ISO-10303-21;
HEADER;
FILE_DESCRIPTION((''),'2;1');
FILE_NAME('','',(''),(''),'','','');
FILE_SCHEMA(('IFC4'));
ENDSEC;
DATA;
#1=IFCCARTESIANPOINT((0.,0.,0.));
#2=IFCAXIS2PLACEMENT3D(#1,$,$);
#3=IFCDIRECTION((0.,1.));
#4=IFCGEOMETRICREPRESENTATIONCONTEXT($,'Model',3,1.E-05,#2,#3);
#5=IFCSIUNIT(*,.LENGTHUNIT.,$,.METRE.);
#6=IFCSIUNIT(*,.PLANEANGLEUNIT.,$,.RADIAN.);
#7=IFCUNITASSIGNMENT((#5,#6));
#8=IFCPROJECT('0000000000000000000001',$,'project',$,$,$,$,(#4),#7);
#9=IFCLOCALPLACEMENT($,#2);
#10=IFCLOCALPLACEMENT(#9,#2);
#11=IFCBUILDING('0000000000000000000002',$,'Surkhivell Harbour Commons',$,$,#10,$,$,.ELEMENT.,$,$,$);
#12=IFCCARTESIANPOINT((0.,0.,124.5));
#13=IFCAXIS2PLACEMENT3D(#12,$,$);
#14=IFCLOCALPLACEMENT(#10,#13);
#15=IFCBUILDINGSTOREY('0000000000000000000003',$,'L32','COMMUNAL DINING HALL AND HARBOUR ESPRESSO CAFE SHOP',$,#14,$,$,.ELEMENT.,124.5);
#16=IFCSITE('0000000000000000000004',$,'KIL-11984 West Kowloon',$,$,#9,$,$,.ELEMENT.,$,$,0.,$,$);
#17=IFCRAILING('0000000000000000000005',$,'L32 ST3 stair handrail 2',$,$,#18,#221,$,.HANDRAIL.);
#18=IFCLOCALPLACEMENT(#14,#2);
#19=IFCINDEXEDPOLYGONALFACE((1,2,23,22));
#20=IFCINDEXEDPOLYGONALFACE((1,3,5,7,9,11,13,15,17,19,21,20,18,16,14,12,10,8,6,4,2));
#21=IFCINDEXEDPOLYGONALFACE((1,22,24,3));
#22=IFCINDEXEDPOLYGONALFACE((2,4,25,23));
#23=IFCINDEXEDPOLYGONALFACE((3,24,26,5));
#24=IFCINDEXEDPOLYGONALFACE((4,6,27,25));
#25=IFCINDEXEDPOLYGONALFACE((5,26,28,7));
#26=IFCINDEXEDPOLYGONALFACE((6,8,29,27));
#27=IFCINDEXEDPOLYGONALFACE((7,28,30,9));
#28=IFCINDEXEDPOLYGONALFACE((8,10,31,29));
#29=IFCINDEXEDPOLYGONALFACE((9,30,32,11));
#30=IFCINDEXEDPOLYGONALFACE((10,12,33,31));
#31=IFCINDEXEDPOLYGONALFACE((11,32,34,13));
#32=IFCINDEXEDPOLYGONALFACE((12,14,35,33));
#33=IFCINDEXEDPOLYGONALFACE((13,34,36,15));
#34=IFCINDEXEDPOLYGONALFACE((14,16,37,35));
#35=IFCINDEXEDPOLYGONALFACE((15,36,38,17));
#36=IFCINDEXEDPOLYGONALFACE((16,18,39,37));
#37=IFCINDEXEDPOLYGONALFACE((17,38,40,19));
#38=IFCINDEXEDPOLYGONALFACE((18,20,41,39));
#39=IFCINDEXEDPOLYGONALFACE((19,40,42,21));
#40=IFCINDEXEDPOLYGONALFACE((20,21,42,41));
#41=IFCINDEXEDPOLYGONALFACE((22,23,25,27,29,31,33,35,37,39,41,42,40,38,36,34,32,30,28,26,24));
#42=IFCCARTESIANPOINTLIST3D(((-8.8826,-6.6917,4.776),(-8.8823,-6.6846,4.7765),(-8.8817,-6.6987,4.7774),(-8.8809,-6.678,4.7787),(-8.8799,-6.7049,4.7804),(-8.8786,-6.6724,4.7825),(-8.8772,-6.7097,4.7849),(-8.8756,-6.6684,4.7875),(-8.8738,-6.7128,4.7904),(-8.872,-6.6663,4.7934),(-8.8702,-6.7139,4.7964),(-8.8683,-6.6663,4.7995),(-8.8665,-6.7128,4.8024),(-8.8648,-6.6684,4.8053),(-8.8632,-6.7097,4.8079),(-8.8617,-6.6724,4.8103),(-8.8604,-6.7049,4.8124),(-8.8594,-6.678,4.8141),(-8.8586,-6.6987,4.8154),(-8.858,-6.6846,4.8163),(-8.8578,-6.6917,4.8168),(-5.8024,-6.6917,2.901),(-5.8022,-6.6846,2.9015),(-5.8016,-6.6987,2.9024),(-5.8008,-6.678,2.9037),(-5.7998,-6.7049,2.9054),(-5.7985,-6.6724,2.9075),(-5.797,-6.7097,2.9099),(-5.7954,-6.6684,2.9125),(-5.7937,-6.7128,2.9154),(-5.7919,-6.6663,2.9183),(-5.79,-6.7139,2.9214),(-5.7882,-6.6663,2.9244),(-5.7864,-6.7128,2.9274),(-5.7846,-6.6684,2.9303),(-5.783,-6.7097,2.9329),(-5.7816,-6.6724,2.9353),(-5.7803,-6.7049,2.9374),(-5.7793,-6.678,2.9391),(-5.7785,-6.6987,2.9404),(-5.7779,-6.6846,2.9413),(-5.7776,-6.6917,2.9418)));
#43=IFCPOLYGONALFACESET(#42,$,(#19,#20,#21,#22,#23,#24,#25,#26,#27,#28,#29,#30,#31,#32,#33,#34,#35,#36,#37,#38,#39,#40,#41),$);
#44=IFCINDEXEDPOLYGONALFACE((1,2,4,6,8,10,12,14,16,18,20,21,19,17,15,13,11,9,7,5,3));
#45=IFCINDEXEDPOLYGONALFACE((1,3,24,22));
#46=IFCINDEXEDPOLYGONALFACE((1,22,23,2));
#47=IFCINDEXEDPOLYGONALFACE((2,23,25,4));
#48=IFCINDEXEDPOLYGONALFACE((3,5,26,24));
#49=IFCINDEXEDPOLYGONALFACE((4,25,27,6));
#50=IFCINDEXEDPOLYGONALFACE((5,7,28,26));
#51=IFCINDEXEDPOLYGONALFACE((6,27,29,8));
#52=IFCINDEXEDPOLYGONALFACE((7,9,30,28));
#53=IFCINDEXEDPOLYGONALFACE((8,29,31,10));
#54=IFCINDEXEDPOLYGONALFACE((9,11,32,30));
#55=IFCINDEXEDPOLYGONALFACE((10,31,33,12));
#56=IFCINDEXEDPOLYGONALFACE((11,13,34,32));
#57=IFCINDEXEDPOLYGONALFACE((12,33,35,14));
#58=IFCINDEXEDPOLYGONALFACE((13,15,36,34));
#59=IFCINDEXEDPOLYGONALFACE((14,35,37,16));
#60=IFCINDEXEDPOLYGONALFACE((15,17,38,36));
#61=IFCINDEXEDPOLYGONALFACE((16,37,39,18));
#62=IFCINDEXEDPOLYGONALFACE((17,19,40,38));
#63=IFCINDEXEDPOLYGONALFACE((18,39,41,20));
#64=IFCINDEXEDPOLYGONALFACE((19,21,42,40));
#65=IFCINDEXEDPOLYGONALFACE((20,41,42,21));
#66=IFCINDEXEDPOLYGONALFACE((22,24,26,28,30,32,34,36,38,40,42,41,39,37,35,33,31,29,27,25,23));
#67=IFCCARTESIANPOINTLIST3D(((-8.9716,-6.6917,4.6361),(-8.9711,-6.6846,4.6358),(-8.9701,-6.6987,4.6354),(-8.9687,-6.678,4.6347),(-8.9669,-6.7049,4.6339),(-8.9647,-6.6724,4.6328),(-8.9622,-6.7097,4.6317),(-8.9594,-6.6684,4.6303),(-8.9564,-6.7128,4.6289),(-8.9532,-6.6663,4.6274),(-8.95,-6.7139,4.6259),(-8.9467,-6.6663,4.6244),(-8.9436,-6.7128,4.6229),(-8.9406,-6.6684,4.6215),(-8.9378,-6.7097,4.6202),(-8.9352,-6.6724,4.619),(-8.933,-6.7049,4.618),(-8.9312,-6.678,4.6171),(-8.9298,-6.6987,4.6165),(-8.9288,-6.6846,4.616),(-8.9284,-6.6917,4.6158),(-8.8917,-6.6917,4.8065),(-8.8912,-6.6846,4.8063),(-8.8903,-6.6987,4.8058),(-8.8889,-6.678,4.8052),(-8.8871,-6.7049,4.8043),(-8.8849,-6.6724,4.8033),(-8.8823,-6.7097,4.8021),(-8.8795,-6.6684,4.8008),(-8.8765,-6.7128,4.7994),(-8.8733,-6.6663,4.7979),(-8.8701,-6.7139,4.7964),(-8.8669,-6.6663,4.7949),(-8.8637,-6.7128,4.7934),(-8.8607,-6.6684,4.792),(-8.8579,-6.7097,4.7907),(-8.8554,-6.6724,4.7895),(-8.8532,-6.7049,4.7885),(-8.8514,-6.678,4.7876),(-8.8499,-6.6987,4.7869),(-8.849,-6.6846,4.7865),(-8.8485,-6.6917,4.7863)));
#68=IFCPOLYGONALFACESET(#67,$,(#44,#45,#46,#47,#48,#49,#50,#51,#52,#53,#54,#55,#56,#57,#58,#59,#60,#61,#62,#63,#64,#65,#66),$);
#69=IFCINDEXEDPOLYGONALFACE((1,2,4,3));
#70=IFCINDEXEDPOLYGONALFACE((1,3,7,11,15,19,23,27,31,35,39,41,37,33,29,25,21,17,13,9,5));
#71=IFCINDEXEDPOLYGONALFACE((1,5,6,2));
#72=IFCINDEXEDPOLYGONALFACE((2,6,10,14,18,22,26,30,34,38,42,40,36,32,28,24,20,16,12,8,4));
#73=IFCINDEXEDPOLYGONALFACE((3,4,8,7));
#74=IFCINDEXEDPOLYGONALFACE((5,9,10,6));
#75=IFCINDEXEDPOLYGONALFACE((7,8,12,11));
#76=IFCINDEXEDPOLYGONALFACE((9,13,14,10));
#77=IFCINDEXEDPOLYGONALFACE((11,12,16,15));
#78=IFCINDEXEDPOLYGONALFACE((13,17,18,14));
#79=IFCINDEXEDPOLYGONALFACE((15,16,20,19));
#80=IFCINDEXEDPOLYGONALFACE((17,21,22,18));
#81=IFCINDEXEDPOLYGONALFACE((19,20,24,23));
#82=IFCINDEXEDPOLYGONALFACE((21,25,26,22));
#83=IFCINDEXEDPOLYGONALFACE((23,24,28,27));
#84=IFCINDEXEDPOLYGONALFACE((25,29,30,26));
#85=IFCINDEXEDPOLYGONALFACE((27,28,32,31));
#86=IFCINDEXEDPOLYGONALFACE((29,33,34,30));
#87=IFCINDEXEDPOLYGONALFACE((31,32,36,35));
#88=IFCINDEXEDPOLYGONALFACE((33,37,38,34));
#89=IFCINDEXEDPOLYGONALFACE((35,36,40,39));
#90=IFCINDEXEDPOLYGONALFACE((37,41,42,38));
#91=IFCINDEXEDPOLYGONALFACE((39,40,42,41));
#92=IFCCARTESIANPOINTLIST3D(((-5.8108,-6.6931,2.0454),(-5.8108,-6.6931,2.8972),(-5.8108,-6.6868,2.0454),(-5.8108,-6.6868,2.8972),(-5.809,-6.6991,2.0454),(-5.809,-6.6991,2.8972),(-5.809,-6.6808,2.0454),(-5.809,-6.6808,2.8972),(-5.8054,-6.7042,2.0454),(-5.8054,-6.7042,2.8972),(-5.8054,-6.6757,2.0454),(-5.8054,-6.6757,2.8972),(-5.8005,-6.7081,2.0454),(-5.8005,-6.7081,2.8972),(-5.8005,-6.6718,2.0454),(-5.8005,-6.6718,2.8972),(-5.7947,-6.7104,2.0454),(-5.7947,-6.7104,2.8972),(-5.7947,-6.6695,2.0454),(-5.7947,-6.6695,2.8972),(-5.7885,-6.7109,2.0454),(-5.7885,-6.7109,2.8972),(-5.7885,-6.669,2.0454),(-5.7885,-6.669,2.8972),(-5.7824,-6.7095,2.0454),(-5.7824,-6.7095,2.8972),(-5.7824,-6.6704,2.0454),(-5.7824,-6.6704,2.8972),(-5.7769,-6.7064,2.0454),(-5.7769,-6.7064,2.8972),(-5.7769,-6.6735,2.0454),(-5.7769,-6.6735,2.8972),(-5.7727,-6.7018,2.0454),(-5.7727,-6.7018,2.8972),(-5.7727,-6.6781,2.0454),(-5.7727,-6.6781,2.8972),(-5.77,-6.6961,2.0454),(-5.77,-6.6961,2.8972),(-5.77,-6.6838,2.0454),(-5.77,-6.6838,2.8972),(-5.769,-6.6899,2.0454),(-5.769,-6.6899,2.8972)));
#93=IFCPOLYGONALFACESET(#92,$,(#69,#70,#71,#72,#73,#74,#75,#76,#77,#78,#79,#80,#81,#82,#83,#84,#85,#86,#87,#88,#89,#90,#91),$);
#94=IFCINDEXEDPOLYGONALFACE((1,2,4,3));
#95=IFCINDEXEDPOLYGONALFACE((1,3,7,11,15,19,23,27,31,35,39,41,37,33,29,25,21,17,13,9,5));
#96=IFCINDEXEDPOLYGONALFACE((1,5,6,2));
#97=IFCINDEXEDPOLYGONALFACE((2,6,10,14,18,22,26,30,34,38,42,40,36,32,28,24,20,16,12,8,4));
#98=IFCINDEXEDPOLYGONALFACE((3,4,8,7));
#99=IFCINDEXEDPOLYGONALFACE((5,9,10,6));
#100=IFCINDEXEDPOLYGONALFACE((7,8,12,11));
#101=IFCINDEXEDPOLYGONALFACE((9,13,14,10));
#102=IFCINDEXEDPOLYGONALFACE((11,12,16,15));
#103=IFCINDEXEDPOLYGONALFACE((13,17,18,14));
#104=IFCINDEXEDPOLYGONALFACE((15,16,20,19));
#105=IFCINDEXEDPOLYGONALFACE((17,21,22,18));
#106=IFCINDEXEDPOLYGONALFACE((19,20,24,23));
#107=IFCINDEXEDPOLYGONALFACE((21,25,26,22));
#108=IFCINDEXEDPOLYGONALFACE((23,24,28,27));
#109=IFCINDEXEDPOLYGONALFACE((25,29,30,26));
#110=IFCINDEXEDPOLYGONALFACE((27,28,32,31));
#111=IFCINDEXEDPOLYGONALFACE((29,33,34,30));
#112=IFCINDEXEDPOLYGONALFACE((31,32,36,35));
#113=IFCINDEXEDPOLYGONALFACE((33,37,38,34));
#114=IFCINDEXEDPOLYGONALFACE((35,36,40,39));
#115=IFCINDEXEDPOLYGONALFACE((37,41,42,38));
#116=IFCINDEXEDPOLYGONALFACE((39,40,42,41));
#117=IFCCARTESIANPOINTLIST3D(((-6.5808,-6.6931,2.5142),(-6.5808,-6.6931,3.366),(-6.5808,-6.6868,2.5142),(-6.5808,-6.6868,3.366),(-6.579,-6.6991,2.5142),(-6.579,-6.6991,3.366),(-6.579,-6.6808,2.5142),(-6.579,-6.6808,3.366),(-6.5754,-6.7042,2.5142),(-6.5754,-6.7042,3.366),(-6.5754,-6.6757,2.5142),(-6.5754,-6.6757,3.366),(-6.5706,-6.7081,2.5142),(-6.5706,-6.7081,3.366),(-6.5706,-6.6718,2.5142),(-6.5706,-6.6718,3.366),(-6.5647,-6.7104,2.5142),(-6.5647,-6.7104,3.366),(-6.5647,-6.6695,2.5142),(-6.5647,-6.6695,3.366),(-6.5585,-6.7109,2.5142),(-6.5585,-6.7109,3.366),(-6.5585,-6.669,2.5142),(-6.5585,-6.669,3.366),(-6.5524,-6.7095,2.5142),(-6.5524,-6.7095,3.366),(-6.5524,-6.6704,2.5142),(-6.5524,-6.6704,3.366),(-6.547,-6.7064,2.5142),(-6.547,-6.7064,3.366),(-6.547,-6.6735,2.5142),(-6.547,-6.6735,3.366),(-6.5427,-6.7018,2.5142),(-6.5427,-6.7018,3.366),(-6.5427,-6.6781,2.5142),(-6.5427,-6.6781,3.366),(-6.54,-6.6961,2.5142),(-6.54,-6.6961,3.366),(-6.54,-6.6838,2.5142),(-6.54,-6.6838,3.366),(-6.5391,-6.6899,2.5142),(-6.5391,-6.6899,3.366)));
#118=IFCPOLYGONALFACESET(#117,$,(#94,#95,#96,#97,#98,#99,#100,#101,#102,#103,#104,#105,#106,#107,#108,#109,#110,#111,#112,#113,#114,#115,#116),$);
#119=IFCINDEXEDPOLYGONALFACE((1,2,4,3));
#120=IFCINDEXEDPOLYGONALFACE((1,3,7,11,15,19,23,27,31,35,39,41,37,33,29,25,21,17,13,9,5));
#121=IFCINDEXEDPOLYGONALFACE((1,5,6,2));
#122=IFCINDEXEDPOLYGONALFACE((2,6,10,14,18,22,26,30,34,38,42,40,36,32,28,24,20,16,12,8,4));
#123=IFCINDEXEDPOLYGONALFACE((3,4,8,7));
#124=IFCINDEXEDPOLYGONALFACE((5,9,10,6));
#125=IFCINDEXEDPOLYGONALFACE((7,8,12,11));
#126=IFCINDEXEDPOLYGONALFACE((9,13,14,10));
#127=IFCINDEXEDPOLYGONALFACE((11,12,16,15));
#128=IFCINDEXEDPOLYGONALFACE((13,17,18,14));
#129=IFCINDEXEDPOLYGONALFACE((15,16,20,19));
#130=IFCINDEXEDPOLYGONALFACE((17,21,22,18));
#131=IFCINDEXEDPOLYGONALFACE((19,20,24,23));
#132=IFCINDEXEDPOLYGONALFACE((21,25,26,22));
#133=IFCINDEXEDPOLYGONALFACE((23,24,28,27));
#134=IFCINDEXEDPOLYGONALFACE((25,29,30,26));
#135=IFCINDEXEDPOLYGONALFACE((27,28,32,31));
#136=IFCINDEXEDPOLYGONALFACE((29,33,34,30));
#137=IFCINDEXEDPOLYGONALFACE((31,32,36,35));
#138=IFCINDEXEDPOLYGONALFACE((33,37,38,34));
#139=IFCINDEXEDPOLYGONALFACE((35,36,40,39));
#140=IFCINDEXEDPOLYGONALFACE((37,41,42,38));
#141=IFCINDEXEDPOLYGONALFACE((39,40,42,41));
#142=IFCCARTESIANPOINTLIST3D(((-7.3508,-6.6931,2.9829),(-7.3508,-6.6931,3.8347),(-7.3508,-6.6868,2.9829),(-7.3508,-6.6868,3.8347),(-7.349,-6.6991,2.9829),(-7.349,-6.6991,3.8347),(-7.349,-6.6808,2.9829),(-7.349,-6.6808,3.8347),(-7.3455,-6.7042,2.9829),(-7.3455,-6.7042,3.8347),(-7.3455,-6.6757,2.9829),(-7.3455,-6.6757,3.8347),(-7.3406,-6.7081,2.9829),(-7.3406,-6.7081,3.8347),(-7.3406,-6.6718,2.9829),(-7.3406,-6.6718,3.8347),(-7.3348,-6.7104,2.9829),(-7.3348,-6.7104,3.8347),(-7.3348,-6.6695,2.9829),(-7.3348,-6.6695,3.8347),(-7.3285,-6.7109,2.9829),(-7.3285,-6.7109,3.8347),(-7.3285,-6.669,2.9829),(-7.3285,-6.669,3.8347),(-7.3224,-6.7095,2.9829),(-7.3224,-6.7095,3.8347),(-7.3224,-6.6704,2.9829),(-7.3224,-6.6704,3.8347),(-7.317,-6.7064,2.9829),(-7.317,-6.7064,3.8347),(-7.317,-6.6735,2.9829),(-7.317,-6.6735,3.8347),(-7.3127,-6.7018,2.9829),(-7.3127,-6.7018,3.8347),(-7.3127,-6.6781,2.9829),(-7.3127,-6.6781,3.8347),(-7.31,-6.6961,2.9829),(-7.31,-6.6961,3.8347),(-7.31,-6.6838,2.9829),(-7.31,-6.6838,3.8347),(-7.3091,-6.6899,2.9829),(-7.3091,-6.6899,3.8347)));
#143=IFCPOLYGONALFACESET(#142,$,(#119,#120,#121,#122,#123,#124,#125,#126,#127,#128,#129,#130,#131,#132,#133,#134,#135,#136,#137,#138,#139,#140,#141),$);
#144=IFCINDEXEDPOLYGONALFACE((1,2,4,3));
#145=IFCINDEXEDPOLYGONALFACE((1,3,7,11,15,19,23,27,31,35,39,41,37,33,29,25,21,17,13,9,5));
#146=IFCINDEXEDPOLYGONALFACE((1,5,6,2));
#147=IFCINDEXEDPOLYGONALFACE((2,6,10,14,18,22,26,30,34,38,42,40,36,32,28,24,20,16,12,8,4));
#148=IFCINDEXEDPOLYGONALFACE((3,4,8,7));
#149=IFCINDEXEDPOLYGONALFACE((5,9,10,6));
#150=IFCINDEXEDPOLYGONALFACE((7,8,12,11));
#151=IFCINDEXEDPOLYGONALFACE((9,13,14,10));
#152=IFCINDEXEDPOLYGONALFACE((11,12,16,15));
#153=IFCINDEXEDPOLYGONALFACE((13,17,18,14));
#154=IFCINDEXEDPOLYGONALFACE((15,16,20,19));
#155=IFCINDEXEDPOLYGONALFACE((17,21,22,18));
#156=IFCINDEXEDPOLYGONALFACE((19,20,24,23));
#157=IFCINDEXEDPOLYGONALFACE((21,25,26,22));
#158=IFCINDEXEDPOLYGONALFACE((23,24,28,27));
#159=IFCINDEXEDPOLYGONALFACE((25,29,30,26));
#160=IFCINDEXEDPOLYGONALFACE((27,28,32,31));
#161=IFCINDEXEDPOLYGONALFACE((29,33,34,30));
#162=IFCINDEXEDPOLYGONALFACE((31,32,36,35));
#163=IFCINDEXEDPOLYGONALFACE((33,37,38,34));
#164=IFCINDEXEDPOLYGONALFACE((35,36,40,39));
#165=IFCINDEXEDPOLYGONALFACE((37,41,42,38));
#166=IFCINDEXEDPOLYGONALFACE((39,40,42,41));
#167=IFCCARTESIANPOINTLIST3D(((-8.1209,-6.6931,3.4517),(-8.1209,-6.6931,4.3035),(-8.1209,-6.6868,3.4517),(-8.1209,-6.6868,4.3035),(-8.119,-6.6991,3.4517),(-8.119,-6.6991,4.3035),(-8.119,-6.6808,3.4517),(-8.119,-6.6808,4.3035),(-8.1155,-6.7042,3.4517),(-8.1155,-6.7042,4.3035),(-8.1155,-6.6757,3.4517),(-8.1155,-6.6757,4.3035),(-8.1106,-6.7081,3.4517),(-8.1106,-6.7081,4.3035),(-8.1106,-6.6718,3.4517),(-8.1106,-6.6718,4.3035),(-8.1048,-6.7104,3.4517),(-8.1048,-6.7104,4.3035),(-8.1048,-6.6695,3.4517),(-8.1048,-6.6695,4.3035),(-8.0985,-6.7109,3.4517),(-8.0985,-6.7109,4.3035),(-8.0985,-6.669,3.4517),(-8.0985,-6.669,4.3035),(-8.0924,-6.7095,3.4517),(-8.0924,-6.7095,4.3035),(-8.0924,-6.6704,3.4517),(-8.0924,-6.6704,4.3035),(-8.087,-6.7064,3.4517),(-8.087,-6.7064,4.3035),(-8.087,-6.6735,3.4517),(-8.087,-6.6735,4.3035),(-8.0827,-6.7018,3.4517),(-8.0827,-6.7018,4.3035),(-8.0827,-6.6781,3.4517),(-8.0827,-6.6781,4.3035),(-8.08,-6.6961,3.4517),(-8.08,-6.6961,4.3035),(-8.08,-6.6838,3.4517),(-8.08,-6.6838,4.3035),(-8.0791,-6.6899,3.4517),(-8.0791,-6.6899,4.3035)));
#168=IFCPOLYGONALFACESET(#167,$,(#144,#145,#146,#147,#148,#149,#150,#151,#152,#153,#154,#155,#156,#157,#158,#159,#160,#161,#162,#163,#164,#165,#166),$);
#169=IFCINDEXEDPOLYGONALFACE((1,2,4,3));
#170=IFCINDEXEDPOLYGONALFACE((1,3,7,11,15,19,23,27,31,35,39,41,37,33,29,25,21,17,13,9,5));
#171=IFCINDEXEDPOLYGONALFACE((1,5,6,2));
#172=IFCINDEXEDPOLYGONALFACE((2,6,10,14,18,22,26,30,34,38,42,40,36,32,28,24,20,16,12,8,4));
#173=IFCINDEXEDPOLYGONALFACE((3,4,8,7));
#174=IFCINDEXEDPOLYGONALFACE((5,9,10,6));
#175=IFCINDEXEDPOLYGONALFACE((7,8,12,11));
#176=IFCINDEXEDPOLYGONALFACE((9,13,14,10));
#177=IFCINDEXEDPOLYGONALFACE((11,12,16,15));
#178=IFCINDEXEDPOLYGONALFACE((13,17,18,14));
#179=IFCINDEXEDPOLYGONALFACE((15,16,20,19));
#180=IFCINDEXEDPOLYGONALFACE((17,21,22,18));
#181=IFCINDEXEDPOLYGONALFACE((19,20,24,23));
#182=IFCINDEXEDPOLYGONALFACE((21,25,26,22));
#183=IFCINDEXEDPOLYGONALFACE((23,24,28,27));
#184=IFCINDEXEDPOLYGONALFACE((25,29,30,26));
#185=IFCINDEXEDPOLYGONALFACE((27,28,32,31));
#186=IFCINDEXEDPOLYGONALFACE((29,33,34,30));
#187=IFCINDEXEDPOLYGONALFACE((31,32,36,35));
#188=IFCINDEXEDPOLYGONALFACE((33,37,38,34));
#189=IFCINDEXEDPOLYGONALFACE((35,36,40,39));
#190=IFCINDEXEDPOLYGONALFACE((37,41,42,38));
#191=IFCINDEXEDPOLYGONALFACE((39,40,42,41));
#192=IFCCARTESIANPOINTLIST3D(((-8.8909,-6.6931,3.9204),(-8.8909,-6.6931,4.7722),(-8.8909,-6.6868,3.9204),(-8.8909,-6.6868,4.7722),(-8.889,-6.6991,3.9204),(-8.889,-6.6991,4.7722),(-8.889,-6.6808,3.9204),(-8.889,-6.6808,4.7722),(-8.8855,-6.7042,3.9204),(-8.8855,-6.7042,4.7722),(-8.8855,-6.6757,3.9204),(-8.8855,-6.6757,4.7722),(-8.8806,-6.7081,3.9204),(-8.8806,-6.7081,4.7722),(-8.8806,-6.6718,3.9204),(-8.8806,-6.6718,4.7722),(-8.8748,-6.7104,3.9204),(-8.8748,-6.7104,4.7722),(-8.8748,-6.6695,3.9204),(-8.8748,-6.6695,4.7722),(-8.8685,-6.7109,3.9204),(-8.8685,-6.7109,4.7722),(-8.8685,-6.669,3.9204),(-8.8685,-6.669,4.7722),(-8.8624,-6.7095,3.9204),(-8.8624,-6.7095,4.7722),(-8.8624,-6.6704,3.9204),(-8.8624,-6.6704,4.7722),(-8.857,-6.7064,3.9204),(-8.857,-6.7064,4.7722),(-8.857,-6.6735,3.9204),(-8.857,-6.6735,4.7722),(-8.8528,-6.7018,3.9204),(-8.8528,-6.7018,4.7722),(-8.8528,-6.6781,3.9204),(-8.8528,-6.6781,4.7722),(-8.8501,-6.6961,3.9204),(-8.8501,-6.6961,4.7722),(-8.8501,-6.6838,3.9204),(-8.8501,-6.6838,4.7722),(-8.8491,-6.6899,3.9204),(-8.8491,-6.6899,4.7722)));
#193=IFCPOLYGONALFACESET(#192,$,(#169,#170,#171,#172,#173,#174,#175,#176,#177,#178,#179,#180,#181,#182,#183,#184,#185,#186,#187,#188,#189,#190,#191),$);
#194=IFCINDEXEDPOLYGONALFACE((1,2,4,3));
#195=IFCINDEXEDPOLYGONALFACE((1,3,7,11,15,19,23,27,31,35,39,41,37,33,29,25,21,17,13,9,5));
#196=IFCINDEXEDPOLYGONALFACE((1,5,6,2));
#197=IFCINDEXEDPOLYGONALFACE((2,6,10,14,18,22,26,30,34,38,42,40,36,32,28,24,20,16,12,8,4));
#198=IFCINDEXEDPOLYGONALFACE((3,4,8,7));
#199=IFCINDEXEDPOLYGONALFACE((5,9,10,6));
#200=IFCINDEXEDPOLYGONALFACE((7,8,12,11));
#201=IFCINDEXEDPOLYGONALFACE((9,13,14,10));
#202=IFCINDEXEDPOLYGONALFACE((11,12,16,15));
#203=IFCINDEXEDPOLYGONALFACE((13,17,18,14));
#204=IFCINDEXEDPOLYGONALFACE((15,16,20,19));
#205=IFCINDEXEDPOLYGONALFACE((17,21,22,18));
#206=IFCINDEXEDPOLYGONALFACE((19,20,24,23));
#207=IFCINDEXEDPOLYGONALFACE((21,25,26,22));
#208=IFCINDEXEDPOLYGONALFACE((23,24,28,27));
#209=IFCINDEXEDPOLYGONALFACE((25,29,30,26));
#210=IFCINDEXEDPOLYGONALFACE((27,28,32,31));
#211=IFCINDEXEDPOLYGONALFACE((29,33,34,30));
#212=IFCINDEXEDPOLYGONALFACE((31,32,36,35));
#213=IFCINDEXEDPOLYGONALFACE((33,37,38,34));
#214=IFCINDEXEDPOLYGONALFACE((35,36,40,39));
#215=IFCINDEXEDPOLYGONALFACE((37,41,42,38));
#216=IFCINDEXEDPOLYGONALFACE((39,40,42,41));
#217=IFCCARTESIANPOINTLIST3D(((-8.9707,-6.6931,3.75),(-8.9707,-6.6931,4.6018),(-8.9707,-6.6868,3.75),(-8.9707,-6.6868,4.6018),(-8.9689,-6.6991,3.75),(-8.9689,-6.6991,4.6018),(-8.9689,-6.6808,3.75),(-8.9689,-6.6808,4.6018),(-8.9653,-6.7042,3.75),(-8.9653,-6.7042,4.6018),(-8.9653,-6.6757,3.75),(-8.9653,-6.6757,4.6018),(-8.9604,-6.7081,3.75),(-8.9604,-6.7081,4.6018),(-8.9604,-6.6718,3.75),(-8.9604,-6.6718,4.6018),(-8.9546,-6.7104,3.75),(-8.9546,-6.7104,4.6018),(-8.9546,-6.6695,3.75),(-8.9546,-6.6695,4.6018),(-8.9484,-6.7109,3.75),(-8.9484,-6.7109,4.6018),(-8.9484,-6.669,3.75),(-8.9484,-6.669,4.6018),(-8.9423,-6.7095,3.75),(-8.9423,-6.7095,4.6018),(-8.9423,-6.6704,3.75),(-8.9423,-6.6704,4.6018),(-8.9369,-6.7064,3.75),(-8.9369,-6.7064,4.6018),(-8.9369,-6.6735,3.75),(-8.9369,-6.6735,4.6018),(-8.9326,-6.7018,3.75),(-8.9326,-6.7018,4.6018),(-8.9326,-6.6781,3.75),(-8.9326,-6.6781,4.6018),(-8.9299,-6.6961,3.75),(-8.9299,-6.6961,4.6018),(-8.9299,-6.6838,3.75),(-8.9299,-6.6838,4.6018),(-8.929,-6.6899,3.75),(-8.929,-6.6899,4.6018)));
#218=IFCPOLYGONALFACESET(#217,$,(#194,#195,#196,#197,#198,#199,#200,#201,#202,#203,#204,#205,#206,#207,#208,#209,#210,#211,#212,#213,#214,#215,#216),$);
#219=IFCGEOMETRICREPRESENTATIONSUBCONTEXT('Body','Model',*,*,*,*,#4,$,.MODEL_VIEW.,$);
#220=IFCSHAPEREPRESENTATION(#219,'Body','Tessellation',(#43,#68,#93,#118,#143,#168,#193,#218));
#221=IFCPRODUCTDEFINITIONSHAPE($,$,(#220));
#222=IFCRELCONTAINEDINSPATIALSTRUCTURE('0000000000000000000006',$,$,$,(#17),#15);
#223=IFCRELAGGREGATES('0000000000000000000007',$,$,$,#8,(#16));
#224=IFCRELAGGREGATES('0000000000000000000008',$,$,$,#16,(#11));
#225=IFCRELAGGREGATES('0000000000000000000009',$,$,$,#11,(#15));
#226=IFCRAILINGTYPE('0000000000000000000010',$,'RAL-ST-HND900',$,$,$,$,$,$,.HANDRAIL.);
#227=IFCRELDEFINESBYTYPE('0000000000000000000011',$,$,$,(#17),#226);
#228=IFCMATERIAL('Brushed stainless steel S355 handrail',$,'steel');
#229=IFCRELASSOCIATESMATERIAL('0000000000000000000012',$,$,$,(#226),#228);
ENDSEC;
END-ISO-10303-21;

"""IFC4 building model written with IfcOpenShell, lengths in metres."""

from ifc_helpers import new_model, si_unit, direction, frame, origin, origin_2d, place, context, subcontext, project, spatial, circle, extrude, material, type_object, element, save


model = new_model("IFC4")

# Units and contexts
model_context = context("Model", 3, precision=1e-05, world=origin(), true_north=direction((0.0, 1.0)))
body_context = subcontext(model_context, "Body", "Model", "MODEL_VIEW")
ifc_project = project(units=[si_unit("LENGTHUNIT", "METRE"), si_unit("PLANEANGLEUNIT", "RADIAN")], contexts=[model_context])

# Site, building, storey
site_placement = place(None, origin())
site = spatial("IfcSite", under=ifc_project, at=site_placement, Name="KIL-11984 West Kowloon", CompositionType="ELEMENT", RefElevation=0.0)
building_placement = place(site_placement, origin())
building = spatial("IfcBuilding", under=site, at=building_placement, Name="Surkhivell Harbour Commons", CompositionType="ELEMENT")
storey_placement = place(building_placement, frame((0.0, 0.0, 124.5)))
storey = spatial("IfcBuildingStorey", under=building, at=storey_placement, Name="L32", Description="COMMUNAL DINING HALL AND HARBOUR ESPRESSO CAFE SHOP", CompositionType="ELEMENT", Elevation=124.5)

# Railing
ifc_material_1 = material(Name="Brushed stainless steel S355 handrail", Category="steel")
railing_type_1 = type_object("IfcRailingType", Name="RAL-ST-HND900", PredefinedType="HANDRAIL", material=ifc_material_1)
railing_1_placement = place(storey_placement, frame((-5.79, -6.6899, 2.0454)))
element("IfcRailing", 1, at=railing_1_placement, inside=storey, type_object=railing_type_1, Name="L32 ST3 stair handrail 2", PredefinedType="HANDRAIL", context=body_context, shape_type="SweptSolid", body=[
    extrude(circle(Radius=0.0239, at=origin_2d()), frame((0.0, 0.0, 0.876), z_axis=(-0.854178, 0.0, 0.519981), x_axis=(0.0, -1.0, 0.0)), (0.0, 0.0, 1.0), 3.606),
    extrude(circle(Radius=0.0239, at=origin_2d()), frame((-3.0801, 0.0, 2.751), z_axis=(-0.424234, 0.0, -0.905552), x_axis=(0.0, -1.0, 0.0)), (0.0, 0.0, 1.0), 0.1882),
    extrude(circle(Radius=0.021, at=origin_2d()), origin(), (0.0, 0.0, 1.0), 0.8518),
    extrude(circle(Radius=0.021, at=origin_2d()), frame((-0.77, 0.0, 0.4688)), (0.0, 0.0, 1.0), 0.8518),
    extrude(circle(Radius=0.021, at=origin_2d()), frame((-1.54, 0.0, 0.9375)), (0.0, 0.0, 1.0), 0.8518),
    extrude(circle(Radius=0.021, at=origin_2d()), frame((-2.3101, 0.0, 1.4062)), (0.0, 0.0, 1.0), 0.8518),
    extrude(circle(Radius=0.021, at=origin_2d()), frame((-3.0801, 0.0, 1.875)), (0.0, 0.0, 1.0), 0.8518),
    extrude(circle(Radius=0.021, at=origin_2d()), frame((-3.1599, 0.0, 1.7046)), (0.0, 0.0, 1.0), 0.8518),
])

save(model, "model.ifc")
